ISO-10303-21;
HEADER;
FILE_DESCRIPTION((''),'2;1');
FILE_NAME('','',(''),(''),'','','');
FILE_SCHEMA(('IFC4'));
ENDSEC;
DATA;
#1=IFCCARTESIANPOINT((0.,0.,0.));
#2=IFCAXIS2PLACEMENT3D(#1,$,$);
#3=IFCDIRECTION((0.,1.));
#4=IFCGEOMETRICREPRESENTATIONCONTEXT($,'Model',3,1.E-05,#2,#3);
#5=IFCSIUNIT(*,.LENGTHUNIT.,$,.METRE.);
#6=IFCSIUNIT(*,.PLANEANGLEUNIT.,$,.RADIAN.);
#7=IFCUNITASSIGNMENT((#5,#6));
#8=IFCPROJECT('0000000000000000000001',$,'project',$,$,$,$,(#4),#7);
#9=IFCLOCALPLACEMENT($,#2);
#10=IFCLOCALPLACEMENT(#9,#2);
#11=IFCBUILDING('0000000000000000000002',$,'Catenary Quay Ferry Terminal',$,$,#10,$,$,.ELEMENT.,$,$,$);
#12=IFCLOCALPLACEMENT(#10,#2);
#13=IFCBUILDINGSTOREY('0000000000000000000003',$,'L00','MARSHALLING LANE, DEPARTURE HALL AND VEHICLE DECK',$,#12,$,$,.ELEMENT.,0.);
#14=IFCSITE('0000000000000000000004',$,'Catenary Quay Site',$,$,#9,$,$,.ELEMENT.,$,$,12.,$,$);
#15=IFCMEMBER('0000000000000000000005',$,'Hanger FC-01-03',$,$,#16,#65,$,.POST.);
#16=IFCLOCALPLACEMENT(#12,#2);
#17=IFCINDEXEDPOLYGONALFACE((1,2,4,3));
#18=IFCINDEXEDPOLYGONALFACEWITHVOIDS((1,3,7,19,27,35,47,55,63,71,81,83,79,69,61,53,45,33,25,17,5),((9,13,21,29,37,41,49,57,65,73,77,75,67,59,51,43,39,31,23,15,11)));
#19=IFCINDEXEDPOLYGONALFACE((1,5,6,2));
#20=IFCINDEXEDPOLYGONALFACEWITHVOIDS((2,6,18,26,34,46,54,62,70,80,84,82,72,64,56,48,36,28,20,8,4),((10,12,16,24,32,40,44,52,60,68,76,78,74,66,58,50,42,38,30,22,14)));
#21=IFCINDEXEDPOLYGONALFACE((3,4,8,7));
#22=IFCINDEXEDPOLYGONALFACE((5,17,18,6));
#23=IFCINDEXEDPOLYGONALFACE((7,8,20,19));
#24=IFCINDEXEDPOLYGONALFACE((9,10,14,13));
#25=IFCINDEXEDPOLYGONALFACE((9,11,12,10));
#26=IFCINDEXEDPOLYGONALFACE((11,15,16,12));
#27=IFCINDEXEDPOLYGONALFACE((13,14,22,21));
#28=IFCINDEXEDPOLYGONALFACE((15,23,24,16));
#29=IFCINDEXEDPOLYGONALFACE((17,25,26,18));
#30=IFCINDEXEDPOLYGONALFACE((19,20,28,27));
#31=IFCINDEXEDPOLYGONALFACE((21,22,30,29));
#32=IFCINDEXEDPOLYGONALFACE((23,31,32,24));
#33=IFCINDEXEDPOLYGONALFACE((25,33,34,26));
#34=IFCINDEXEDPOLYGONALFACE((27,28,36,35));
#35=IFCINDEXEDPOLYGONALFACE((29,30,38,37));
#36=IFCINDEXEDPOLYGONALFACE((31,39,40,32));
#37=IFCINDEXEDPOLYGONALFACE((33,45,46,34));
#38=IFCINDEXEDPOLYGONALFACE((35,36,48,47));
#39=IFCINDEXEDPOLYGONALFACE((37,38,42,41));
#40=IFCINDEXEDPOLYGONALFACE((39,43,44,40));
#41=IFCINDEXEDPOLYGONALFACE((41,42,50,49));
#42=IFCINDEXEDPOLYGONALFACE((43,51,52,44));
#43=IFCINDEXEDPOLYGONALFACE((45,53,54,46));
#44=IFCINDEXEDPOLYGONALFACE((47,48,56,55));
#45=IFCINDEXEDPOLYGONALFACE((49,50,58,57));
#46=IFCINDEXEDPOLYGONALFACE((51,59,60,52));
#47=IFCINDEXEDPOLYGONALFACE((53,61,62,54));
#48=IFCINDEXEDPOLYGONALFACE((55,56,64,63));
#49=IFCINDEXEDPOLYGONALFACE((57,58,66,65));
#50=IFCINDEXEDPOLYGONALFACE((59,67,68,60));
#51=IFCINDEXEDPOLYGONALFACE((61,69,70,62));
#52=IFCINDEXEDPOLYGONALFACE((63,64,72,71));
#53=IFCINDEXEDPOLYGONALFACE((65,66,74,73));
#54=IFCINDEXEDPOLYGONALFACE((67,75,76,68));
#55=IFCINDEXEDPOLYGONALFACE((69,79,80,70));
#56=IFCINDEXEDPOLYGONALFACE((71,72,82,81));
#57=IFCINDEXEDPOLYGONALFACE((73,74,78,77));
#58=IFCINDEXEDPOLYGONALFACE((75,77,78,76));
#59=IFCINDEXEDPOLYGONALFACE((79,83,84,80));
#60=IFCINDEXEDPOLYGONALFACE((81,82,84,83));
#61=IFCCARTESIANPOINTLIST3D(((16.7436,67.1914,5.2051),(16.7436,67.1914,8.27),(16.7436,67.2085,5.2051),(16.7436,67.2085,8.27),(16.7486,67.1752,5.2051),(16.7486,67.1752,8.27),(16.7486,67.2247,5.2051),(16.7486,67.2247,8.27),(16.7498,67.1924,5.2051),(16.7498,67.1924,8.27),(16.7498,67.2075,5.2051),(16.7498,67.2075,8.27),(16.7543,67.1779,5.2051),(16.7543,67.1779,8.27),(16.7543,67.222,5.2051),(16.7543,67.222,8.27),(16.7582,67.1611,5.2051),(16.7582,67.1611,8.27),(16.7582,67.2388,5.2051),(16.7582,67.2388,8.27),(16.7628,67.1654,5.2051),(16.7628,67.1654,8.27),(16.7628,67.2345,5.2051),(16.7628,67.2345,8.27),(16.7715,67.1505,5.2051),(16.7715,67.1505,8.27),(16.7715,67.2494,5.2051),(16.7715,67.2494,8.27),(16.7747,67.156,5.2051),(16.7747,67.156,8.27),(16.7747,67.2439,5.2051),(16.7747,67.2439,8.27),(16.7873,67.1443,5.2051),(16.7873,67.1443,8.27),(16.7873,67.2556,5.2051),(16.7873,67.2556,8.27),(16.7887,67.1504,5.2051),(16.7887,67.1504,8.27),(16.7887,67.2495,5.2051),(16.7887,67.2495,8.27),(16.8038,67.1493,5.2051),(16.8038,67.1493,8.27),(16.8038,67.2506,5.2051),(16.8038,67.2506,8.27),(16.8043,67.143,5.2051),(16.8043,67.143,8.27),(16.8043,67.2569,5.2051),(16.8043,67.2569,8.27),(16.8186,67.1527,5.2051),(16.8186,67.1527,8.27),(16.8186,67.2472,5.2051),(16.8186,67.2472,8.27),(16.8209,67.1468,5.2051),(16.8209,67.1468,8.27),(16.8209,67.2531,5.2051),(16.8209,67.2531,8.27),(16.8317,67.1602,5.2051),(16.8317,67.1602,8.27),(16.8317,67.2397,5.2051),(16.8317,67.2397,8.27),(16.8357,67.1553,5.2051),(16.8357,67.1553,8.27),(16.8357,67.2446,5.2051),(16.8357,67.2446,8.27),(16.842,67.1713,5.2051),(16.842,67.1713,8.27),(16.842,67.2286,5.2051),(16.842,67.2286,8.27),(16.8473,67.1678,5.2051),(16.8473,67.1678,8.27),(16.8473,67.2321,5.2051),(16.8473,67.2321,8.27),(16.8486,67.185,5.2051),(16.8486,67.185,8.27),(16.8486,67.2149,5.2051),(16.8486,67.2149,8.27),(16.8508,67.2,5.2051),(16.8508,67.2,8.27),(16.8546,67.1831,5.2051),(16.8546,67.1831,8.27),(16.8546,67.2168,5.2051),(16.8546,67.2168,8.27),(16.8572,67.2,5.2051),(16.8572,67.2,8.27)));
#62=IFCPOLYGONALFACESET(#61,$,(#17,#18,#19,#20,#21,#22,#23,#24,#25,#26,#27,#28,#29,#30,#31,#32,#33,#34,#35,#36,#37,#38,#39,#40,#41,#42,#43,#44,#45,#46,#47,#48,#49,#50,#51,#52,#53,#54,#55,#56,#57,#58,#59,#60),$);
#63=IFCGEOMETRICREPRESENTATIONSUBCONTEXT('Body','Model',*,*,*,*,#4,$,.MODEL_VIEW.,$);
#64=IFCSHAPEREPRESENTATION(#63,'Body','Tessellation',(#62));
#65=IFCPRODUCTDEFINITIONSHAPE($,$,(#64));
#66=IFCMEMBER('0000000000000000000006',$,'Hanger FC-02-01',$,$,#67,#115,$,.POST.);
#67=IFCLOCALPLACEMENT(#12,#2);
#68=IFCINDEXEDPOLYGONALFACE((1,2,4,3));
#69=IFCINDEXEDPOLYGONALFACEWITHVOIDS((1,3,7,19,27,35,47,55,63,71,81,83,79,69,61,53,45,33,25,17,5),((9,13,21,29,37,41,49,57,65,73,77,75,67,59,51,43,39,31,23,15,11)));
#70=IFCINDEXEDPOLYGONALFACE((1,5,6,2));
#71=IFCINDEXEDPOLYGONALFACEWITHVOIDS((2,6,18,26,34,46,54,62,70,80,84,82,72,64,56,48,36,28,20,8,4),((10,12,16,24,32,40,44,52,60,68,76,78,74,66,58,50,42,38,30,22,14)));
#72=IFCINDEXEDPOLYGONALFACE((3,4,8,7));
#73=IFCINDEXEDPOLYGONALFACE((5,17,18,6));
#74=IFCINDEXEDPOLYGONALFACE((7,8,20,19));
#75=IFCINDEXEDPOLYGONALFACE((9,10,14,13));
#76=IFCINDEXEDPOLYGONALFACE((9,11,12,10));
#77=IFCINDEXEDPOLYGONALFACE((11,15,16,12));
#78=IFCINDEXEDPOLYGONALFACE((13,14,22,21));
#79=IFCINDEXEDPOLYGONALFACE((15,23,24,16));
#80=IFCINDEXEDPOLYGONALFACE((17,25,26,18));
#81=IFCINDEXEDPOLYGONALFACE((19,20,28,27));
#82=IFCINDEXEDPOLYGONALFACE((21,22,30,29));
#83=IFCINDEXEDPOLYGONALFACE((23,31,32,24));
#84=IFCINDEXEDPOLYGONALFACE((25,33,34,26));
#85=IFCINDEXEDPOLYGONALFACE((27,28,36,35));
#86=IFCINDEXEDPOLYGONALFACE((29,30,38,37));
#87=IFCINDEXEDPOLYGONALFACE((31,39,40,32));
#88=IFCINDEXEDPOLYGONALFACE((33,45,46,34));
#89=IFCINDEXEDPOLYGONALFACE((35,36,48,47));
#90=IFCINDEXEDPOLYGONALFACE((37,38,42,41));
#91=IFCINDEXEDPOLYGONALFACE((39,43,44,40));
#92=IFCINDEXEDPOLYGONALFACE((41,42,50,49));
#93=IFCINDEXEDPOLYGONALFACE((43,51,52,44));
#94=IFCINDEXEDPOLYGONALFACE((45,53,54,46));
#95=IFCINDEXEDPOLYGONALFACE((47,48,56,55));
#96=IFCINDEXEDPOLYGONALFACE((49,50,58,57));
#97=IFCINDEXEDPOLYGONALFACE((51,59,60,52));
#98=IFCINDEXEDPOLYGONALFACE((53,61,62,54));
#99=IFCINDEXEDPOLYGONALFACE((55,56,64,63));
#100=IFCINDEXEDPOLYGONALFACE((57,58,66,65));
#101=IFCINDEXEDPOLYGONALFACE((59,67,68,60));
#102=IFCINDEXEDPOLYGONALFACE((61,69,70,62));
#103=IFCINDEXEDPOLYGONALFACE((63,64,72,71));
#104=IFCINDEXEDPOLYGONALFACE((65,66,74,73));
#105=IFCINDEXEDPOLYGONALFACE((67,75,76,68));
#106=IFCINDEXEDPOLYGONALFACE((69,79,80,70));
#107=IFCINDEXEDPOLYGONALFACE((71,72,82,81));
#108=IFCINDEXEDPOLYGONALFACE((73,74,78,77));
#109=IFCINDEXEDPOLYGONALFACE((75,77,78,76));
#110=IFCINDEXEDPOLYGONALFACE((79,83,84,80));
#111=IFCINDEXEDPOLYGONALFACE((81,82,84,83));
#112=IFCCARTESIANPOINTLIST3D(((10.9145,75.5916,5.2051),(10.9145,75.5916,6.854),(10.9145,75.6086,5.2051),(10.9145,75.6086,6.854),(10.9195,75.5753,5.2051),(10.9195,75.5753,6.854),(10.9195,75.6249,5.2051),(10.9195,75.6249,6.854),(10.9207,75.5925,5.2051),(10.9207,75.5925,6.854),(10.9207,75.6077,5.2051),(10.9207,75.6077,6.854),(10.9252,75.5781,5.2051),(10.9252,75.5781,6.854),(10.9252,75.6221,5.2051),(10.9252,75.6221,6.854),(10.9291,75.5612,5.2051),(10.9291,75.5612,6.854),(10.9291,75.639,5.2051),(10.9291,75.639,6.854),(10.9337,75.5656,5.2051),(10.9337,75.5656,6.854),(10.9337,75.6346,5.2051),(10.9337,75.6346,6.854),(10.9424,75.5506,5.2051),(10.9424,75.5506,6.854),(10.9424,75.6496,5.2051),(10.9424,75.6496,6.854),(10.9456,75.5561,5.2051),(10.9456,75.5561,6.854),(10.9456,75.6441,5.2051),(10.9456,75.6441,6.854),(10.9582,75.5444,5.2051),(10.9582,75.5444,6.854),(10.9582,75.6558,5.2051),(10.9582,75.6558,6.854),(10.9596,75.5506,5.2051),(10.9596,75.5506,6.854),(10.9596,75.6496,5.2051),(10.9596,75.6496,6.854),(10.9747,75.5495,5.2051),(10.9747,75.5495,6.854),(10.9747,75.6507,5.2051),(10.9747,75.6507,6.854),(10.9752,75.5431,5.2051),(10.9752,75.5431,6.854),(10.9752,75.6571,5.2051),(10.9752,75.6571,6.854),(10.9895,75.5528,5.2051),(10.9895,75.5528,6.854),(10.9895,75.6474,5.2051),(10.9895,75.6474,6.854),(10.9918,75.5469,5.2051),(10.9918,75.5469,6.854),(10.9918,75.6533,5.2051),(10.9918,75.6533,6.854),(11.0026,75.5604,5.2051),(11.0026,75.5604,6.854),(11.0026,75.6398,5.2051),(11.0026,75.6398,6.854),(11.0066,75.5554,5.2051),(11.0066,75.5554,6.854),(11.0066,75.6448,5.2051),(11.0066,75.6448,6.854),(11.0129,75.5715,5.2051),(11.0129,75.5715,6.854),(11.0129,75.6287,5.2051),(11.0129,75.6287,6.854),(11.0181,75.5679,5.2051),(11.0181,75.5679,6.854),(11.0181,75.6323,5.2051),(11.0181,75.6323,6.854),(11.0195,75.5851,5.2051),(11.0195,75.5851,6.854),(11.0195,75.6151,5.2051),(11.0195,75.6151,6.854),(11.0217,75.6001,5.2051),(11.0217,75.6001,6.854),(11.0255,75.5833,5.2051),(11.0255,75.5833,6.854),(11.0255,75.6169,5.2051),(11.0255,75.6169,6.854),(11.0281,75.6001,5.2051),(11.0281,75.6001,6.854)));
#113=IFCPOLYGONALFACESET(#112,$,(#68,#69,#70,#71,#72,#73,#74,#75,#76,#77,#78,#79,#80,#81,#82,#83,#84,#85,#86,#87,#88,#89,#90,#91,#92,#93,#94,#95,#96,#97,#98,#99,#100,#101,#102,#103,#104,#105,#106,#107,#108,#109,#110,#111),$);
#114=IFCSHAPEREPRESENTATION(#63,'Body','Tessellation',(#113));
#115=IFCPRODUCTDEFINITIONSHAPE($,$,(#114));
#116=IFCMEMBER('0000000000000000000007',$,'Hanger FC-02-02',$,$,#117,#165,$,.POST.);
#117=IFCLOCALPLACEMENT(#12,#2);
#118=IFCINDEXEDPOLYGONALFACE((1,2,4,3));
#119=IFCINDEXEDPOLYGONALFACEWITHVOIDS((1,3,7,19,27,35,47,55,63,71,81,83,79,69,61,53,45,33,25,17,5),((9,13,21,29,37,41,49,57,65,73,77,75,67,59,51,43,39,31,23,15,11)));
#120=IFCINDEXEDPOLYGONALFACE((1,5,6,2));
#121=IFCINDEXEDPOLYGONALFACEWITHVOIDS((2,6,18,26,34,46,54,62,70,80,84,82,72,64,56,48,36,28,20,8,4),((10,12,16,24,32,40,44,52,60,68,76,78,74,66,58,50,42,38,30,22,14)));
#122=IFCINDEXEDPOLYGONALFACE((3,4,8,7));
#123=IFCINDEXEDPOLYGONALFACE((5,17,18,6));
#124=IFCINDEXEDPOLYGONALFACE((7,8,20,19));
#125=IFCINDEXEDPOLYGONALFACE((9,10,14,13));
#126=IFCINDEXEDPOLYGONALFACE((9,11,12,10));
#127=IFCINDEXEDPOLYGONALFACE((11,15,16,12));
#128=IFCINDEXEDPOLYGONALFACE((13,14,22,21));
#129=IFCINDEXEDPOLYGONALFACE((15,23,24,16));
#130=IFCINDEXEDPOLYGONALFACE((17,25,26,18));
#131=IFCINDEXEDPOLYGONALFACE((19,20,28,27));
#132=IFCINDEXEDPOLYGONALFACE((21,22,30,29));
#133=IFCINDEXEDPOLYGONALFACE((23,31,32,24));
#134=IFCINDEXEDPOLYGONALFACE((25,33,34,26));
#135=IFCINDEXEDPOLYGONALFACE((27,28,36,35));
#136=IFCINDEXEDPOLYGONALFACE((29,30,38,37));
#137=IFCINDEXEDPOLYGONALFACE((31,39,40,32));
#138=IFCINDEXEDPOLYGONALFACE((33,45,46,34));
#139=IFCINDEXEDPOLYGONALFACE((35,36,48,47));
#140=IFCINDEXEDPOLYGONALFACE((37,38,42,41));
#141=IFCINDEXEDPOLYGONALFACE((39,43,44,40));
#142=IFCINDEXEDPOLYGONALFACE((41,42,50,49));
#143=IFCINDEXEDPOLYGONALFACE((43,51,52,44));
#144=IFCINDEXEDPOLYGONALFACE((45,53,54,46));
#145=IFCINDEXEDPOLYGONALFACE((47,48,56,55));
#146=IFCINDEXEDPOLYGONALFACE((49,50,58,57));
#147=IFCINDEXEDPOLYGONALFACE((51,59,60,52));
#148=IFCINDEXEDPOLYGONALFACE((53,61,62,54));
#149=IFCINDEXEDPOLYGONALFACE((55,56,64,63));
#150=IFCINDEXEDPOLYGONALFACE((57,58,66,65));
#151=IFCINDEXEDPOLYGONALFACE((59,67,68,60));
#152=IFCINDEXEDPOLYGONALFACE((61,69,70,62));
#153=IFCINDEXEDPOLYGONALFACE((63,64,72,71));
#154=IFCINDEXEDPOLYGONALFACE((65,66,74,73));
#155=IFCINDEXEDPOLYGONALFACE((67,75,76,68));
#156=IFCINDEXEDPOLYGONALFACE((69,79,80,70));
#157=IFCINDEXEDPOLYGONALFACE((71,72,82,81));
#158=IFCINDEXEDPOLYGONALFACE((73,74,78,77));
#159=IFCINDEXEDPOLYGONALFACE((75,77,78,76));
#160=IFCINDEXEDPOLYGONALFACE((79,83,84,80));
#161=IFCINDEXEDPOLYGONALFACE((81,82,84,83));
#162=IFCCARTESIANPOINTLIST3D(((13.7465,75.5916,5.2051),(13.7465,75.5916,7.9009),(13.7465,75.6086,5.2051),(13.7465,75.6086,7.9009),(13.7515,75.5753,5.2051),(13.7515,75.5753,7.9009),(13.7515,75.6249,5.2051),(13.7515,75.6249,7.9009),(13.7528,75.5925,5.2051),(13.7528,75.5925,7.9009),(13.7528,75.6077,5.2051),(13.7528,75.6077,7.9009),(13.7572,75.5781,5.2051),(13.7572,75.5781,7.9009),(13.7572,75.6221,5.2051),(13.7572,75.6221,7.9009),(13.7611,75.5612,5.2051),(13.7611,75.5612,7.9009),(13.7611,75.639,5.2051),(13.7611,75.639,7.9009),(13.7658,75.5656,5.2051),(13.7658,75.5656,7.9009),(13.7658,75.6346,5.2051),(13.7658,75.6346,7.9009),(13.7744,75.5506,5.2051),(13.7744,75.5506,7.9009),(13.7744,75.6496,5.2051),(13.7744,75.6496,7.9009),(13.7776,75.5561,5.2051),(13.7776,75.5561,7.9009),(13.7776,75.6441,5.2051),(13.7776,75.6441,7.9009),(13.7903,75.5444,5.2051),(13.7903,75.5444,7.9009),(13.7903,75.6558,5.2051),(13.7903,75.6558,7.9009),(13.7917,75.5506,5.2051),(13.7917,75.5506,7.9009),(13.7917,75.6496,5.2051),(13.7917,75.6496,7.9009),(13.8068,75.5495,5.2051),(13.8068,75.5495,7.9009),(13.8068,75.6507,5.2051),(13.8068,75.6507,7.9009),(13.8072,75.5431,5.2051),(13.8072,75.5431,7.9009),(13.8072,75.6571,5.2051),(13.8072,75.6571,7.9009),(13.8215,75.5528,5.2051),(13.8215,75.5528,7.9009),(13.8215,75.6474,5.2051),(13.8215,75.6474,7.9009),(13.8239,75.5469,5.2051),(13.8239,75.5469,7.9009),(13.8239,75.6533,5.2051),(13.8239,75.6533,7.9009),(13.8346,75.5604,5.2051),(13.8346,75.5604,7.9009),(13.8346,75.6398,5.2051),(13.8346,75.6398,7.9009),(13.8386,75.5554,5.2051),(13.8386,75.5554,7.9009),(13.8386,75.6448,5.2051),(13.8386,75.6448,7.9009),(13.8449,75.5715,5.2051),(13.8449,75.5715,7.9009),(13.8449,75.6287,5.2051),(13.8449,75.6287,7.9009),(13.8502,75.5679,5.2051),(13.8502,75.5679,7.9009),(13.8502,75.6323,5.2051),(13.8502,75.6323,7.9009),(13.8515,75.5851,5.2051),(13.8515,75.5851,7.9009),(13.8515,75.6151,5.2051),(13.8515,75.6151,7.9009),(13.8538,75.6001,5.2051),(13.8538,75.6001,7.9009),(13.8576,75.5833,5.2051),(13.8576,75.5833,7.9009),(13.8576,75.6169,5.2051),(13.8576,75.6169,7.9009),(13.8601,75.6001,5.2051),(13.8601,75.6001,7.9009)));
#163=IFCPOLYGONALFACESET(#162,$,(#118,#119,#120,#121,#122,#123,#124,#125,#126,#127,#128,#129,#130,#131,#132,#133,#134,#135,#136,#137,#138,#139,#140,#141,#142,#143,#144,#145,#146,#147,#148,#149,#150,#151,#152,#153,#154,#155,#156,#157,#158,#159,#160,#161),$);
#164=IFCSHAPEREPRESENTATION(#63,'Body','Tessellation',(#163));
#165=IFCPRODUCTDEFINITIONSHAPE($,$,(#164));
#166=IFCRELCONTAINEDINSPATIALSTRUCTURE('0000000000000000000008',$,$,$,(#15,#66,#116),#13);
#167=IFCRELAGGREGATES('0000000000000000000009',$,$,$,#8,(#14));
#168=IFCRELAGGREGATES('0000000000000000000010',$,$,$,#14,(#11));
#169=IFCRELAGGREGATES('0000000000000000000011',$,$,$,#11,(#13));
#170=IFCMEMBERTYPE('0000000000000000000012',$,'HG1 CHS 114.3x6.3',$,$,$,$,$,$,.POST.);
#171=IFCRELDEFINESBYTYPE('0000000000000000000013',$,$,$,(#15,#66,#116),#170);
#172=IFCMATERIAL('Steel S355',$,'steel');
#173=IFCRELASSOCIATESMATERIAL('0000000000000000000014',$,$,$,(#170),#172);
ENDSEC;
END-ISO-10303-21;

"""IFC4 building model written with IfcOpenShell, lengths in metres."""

from ifc_helpers import new_model, si_unit, direction, frame, origin, origin_2d, place, context, subcontext, project, spatial, hollow_circle, extrude, material, material_profile, profile_set, type_object, element, save


model = new_model("IFC4")

# Units and contexts
model_context = context("Model", 3, precision=1e-05, world=origin(), true_north=direction((0.0, 1.0)))
body_context = subcontext(model_context, "Body", "Model", "MODEL_VIEW")
ifc_project = project(units=[si_unit("LENGTHUNIT", "METRE"), si_unit("PLANEANGLEUNIT", "RADIAN")], contexts=[model_context])

# Site, building, storey
site_placement = place(None, origin())
site = spatial("IfcSite", under=ifc_project, at=site_placement, Name="Catenary Quay Site", CompositionType="ELEMENT", RefElevation=12.0)
building_placement = place(site_placement, origin())
building = spatial("IfcBuilding", under=site, at=building_placement, Name="Catenary Quay Ferry Terminal", CompositionType="ELEMENT")
storey_placement = place(building_placement, origin())
storey = spatial("IfcBuildingStorey", under=building, at=storey_placement, Name="L00", Description="MARSHALLING LANE, DEPARTURE HALL AND VEHICLE DECK", CompositionType="ELEMENT", Elevation=0.0)

# Members
ifc_material_1 = material(Name="Steel S355", Category="steel")
ifc_material_profile_1 = material_profile(ifc_material_1, hollow_circle(Radius=0.0571, WallThickness=0.0063, at=origin_2d()), Name="CHS 114.3x6.3")
ifc_profile_set_1 = profile_set([ifc_material_profile_1], Name="Steel S355")
member_type_1 = type_object("IfcMemberType", Name="HG1 CHS 114.3x6.3", PredefinedType="POST", material=ifc_profile_set_1)
member_1_placement = place(storey_placement, frame((16.8, 67.2, 5.2051), z_axis=(0.0, 0.0, 1.0), x_axis=(1.0, 0.0, 0.0)))
element("IfcMember", 1, at=member_1_placement, inside=storey, type_object=member_type_1, Name="Hanger FC-01-03", PredefinedType="POST", context=body_context, shape_type="SweptSolid", body=[
    extrude(hollow_circle(Radius=0.0571, WallThickness=0.0063, at=origin_2d()), origin(), (0.0, 0.0, 1.0), 3.0649),
])
member_2_placement = place(storey_placement, frame((10.9709, 75.6001, 5.2051), z_axis=(0.0, 0.0, 1.0), x_axis=(1.0, 0.0, 0.0)))
element("IfcMember", 2, at=member_2_placement, inside=storey, type_object=member_type_1, Name="Hanger FC-02-01", PredefinedType="POST", context=body_context, shape_type="SweptSolid", body=[
    extrude(hollow_circle(Radius=0.0571, WallThickness=0.0063, at=origin_2d()), origin(), (0.0, 0.0, 1.0), 1.6489),
])
member_3_placement = place(storey_placement, frame((13.803, 75.6001, 5.2051), z_axis=(0.0, 0.0, 1.0), x_axis=(1.0, 0.0, 0.0)))
element("IfcMember", 3, at=member_3_placement, inside=storey, type_object=member_type_1, Name="Hanger FC-02-02", PredefinedType="POST", context=body_context, shape_type="SweptSolid", body=[
    extrude(hollow_circle(Radius=0.0571, WallThickness=0.0063, at=origin_2d()), origin(), (0.0, 0.0, 1.0), 2.6958),
])

save(model, "model.ifc")
